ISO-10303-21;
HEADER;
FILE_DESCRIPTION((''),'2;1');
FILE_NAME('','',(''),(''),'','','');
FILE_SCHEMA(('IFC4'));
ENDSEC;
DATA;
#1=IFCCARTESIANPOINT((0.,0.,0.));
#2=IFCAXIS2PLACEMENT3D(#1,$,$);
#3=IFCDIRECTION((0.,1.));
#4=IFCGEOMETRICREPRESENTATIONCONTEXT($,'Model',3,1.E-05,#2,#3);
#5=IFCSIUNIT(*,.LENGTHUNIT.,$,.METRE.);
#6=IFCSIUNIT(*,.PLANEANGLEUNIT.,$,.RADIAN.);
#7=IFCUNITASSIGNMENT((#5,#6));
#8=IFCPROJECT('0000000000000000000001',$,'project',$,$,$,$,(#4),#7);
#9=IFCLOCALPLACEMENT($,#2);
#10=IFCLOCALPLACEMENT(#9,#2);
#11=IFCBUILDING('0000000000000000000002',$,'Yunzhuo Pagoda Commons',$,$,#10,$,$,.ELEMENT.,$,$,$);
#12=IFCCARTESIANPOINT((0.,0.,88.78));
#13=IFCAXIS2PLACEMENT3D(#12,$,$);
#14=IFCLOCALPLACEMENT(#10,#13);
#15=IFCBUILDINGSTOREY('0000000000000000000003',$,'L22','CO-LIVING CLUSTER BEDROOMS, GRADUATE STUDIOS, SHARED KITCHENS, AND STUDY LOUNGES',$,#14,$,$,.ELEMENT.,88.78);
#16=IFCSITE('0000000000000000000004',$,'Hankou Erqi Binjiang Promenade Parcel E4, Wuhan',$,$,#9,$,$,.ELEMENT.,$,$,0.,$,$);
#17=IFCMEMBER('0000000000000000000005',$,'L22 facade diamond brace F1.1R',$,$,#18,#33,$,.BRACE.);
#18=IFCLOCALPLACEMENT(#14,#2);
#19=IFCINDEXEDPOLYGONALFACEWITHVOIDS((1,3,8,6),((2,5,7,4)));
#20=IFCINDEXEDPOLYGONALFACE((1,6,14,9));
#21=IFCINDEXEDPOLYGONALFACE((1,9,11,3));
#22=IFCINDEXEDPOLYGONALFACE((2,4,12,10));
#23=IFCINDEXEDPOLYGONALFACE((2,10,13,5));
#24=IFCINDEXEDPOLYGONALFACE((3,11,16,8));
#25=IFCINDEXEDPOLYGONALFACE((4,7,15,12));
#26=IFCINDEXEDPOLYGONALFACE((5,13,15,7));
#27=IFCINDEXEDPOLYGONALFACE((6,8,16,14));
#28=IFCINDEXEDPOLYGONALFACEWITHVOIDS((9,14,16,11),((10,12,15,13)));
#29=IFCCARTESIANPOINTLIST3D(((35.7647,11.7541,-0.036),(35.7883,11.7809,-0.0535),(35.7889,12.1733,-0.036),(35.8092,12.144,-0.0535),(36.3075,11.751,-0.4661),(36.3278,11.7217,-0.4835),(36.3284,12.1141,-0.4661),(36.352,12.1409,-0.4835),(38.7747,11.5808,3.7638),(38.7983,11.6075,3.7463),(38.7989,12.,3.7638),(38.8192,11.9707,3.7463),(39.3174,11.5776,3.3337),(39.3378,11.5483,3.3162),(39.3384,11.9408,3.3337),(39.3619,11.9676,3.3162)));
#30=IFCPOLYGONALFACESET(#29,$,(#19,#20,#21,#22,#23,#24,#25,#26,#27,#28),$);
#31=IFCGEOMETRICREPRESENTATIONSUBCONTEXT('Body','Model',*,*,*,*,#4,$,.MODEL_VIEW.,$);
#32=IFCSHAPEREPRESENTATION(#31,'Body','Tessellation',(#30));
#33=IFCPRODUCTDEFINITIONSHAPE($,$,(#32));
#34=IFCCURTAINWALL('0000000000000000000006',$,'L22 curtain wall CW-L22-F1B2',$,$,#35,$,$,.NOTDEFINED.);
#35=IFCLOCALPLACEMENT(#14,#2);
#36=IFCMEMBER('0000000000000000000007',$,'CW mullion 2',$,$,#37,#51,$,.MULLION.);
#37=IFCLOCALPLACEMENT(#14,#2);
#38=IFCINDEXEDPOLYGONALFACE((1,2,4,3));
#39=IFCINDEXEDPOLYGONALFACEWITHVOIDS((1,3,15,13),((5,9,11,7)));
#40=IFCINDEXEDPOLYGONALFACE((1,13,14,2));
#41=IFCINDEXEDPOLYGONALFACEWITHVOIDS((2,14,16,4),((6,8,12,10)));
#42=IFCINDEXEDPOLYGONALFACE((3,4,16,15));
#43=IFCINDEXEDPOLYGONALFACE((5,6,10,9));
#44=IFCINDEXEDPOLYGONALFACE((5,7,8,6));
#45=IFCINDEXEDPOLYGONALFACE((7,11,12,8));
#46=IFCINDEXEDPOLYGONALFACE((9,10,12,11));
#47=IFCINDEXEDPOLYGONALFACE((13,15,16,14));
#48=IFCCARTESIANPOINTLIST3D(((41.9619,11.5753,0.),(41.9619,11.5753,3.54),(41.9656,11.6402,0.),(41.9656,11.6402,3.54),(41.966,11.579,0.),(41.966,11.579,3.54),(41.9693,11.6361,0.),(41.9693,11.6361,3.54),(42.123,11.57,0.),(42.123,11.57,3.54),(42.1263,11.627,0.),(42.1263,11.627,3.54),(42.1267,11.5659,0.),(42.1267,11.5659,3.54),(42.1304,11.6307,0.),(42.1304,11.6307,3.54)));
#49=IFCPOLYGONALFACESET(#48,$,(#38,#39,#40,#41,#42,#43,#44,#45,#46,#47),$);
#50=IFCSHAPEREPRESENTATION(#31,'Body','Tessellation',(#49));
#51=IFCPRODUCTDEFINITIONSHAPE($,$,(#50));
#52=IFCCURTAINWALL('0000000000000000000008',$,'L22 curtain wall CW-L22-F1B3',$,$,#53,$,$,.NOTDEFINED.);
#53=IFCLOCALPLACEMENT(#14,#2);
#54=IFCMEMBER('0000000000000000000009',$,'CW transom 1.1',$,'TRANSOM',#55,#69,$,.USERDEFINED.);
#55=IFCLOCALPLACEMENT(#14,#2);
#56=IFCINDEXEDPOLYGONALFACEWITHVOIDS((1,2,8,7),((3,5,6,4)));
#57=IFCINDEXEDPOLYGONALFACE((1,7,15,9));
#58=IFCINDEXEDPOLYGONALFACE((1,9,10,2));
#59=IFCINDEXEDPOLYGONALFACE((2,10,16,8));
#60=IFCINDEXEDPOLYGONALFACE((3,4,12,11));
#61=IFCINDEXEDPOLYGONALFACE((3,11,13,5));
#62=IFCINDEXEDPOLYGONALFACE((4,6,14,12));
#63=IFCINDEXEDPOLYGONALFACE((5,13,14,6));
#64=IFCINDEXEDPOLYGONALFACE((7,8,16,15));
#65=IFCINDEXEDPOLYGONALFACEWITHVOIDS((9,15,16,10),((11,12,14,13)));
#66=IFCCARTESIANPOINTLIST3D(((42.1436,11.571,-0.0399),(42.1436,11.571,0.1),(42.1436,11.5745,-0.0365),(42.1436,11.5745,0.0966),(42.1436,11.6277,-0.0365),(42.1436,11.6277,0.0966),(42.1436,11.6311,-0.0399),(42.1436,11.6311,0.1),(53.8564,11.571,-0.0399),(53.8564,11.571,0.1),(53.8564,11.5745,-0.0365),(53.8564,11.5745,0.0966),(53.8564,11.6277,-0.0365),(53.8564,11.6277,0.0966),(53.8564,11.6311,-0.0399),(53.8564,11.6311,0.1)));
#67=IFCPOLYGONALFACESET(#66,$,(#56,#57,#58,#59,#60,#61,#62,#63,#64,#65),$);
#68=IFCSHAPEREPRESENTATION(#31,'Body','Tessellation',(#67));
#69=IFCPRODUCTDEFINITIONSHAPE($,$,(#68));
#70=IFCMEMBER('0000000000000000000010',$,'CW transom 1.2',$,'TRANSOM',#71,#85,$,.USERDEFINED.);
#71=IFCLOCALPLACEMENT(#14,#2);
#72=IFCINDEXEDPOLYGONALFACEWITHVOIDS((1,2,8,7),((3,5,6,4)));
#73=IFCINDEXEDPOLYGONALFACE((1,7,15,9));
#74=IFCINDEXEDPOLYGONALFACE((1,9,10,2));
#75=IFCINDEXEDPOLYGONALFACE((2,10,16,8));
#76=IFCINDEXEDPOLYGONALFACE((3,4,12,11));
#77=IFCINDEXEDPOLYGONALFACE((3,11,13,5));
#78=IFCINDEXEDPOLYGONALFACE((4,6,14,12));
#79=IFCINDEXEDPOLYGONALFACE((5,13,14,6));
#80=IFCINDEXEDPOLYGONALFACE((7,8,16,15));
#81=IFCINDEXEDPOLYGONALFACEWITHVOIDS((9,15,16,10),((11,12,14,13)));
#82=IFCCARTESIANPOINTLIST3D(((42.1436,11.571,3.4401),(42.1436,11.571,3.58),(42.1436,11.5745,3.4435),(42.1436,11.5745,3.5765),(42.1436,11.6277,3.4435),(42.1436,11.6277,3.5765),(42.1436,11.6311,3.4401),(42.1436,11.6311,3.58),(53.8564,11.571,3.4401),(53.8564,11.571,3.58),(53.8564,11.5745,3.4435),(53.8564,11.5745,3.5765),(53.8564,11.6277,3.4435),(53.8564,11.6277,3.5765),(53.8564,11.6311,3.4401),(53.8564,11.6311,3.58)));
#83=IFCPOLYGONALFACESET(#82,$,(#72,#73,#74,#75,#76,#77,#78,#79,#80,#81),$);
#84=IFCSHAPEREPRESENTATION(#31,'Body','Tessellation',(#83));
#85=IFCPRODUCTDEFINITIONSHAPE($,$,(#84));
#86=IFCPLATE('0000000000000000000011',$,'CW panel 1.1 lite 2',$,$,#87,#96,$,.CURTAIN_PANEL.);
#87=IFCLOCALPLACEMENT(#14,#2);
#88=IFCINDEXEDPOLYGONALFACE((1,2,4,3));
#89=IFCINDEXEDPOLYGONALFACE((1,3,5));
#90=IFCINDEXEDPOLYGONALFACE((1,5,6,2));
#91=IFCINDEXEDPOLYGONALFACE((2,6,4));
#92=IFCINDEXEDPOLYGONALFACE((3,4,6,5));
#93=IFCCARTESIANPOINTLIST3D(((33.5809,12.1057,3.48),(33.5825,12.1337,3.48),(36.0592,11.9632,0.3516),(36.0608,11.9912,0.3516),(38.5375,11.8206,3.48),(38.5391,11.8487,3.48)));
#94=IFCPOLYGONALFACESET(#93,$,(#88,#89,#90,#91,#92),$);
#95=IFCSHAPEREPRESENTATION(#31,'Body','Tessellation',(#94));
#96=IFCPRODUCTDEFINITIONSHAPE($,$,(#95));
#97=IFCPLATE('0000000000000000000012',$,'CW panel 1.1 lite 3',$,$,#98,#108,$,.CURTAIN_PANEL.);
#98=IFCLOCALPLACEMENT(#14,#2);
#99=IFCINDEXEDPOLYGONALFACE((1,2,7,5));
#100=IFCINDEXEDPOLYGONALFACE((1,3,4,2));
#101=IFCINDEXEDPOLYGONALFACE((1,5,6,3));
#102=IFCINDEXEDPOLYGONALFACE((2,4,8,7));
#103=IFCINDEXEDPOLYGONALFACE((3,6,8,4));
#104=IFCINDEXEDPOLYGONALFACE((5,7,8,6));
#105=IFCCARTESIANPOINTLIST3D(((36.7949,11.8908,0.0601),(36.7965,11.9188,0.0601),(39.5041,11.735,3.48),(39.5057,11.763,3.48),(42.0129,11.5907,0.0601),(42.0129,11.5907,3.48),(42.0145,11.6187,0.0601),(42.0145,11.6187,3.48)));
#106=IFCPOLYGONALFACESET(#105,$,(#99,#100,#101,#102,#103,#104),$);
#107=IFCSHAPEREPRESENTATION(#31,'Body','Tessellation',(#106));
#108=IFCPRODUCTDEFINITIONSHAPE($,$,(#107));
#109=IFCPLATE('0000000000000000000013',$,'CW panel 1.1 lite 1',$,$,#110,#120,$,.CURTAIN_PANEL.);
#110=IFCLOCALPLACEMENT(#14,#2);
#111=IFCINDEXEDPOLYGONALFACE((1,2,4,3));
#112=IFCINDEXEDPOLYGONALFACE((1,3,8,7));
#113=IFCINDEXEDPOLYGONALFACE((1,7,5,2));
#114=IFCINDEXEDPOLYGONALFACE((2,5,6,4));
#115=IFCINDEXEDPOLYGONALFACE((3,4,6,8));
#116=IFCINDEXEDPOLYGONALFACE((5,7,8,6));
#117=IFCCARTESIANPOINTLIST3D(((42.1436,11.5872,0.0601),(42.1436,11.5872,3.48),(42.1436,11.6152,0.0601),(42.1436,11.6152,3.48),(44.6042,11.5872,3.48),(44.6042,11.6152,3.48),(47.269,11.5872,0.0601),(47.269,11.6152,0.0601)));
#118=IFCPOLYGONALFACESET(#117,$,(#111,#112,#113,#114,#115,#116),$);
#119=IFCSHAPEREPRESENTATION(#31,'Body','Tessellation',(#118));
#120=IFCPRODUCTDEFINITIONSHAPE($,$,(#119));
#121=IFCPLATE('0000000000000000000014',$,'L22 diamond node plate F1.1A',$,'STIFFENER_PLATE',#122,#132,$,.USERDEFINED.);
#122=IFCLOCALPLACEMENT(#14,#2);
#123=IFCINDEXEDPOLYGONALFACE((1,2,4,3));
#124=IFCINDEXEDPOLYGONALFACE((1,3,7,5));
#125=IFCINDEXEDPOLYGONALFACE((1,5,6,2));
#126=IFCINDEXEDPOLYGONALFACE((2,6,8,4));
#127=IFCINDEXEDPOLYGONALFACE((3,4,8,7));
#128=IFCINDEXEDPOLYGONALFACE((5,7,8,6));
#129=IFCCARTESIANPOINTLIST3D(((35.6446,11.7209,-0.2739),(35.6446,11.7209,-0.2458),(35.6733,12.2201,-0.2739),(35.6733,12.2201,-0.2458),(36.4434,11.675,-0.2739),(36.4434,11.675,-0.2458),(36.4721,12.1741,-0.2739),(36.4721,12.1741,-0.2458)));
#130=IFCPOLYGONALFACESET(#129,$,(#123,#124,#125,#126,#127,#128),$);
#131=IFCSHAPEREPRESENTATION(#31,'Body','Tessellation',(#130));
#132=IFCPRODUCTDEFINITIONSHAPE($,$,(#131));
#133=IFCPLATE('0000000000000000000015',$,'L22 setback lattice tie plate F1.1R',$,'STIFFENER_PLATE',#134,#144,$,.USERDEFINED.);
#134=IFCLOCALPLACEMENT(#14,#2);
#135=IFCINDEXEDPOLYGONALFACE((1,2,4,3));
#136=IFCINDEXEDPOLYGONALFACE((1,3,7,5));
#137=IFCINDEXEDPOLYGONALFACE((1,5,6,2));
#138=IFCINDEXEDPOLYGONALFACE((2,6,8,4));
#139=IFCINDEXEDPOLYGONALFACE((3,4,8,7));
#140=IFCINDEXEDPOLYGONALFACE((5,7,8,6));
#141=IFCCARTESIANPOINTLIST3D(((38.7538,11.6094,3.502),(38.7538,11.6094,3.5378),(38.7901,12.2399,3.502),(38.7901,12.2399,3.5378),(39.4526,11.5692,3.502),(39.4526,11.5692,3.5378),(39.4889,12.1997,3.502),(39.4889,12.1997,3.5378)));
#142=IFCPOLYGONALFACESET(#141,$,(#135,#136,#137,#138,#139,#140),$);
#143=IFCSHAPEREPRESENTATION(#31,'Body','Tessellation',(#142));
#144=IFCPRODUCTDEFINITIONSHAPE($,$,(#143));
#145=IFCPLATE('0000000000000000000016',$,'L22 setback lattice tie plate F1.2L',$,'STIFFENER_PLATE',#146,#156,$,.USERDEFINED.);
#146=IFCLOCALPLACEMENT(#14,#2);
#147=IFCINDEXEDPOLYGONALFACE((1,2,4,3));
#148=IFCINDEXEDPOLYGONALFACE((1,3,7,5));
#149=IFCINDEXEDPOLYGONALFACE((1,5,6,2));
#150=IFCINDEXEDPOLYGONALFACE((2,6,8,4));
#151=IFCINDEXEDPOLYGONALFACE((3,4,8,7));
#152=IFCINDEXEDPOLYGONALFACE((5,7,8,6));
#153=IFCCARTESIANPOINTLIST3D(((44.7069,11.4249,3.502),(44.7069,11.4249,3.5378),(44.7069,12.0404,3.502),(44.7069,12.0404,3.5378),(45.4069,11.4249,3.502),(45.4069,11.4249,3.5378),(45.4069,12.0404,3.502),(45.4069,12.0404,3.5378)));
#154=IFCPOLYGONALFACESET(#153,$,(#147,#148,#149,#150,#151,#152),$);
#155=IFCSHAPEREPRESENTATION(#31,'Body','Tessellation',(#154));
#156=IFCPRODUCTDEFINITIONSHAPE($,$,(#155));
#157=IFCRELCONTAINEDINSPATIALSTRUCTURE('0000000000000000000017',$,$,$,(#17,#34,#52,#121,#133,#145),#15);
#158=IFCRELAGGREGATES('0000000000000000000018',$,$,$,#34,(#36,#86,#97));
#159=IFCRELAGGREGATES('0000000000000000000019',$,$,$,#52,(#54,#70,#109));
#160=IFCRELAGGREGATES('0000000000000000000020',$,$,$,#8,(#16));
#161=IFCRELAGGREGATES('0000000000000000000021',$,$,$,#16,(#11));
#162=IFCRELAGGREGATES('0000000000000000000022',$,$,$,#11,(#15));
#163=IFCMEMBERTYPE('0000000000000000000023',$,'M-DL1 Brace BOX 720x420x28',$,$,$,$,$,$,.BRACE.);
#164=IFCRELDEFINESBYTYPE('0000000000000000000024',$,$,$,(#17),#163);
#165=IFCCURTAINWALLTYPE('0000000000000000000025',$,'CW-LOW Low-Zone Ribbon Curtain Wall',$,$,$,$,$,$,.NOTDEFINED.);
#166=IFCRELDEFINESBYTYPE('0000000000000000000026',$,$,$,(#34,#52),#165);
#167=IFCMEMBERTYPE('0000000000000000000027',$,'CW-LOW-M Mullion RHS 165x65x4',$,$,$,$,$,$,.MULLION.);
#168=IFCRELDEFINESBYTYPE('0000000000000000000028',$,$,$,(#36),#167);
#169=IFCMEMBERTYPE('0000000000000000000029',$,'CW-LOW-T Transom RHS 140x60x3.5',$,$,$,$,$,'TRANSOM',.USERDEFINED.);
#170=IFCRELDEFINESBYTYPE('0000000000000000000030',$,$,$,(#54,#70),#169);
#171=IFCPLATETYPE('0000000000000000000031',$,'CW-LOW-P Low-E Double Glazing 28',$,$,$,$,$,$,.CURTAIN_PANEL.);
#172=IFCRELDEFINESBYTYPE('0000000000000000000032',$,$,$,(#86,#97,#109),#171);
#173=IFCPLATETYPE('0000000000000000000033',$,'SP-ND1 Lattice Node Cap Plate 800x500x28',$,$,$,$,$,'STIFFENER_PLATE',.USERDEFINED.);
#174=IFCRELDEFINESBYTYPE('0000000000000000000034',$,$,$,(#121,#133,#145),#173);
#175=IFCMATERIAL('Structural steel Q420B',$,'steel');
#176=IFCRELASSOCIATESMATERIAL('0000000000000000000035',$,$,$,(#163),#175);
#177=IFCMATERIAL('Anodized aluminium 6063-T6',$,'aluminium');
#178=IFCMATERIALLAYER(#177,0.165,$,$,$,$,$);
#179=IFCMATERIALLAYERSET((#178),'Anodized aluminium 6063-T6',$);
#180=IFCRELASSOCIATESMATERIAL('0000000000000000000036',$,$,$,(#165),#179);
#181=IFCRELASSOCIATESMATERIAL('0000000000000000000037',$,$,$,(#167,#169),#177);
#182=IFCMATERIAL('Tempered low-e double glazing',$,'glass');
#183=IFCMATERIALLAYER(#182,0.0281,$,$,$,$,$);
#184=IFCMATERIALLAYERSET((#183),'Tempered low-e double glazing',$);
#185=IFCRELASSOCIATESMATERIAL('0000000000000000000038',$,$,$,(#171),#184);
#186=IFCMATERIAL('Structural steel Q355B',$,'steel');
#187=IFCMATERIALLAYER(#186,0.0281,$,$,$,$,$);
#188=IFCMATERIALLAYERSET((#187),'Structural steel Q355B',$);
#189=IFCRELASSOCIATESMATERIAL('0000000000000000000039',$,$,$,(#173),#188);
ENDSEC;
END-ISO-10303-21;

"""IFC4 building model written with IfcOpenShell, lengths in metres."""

from ifc_helpers import new_model, si_unit, direction, frame, origin, origin_2d, place, context, subcontext, project, spatial, polyline, rectangle, hollow_rectangle, outline, extrude, source, transform, mapped, material, layer, layer_set, material_profile, profile_set, type_object, element, aggregate, save


model = new_model("IFC4")

# Units and contexts
model_context = context("Model", 3, precision=1e-05, world=origin(), true_north=direction((0.0, 1.0)))
body_context = subcontext(model_context, "Body", "Model", "MODEL_VIEW")
ifc_project = project(units=[si_unit("LENGTHUNIT", "METRE"), si_unit("PLANEANGLEUNIT", "RADIAN")], contexts=[model_context])

# Site, building, storey
site_placement = place(None, origin())
site = spatial("IfcSite", under=ifc_project, at=site_placement, Name="Hankou Erqi Binjiang Promenade Parcel E4, Wuhan", CompositionType="ELEMENT", RefElevation=0.0)
building_placement = place(site_placement, origin())
building = spatial("IfcBuilding", under=site, at=building_placement, Name="Yunzhuo Pagoda Commons", CompositionType="ELEMENT")
storey_placement = place(building_placement, frame((0.0, 0.0, 88.78)))
storey = spatial("IfcBuildingStorey", under=building, at=storey_placement, Name="L22", Description="CO-LIVING CLUSTER BEDROOMS, GRADUATE STUDIOS, SHARED KITCHENS, AND STUDY LOUNGES", CompositionType="ELEMENT", Elevation=88.78)

# Shared definitions
ifc_material_1 = material(Name="Structural steel Q420B", Category="steel")

# Shared definitions
ifc_material_2 = material(Name="Structural steel Q355B", Category="steel")

# Member
ifc_material_profile_1 = material_profile(ifc_material_1, hollow_rectangle(XDim=0.4199, YDim=0.72, WallThickness=0.0281, at=origin_2d()), Name="Structural steel Q420B")
ifc_profile_set_1 = profile_set([ifc_material_profile_1], Name="Structural steel Q420B")
member_type_1 = type_object("IfcMemberType", Name="M-DL1 Brace BOX 720x420x28", PredefinedType="BRACE", material=ifc_profile_set_1)
shared_shape_1 = source(origin(), body_context, "Body", "SweptSolid", [
    extrude(hollow_rectangle(XDim=0.4199, YDim=0.72, WallThickness=0.0281, at=origin_2d()), origin(), (0.0, 0.0, 1.0), 4.8506),
])
member_1_placement = place(storey_placement, frame((36.0583, 11.9475, -0.2598), z_axis=(0.620539, -0.035735, 0.783361), x_axis=(0.057493, 0.998346, 0.0)))
element("IfcMember", 1, at=member_1_placement, inside=storey, type_object=member_type_1, Name="L22 facade diamond brace F1.1R", PredefinedType="BRACE", context=body_context, shape_type="MappedRepresentation", body=[
    mapped(shared_shape_1, transform((0.0, 0.0, 0.0), scale=1.0)),
])

# Curtain wall, member
ifc_material_3 = material(Name="Anodized aluminium 6063-T6", Category="aluminium")
ifc_layer_1 = layer(ifc_material_3, 0.165)
ifc_layer_set_1 = layer_set([ifc_layer_1], Name="Anodized aluminium 6063-T6")
curtain_wall_type = type_object("IfcCurtainWallType", Name="CW-LOW Low-Zone Ribbon Curtain Wall", PredefinedType="NOTDEFINED", material=ifc_layer_set_1)
curtain_wall_1_placement = place(storey_placement, origin())
curtain_wall_1 = element("IfcCurtainWall", 2, at=curtain_wall_1_placement, inside=storey, type_object=curtain_wall_type, Name="L22 curtain wall CW-L22-F1B2", PredefinedType="NOTDEFINED")
ifc_material_profile_2 = material_profile(ifc_material_3, hollow_rectangle(XDim=0.0649, YDim=0.165, WallThickness=0.0039, at=origin_2d()), Name="Anodized aluminium 6063-T6")
ifc_profile_set_2 = profile_set([ifc_material_profile_2], Name="Anodized aluminium 6063-T6")
member_type_2 = type_object("IfcMemberType", Name="CW-LOW-M Mullion RHS 165x65x4", PredefinedType="MULLION", material=ifc_profile_set_2)
shared_shape_2 = source(origin(), body_context, "Body", "SweptSolid", [
    extrude(hollow_rectangle(XDim=0.0649, YDim=0.165, WallThickness=0.0039, at=origin_2d()), origin(), (0.0, 0.0, 1.0), 3.54),
])
member_2_placement = place(storey_placement, frame((42.0461, 11.603, 0.0), z_axis=(0.0, 0.0, 1.0), x_axis=(0.057418, 0.99835, 0.0)))
member_2 = element("IfcMember", 3, at=member_2_placement, type_object=member_type_2, Name="CW mullion 2", PredefinedType="MULLION", context=body_context, shape_type="MappedRepresentation", body=[
    mapped(shared_shape_2, transform((0.0, 0.0, 0.0), scale=1.0)),
])

# Curtain wall, members
curtain_wall_2_placement = place(storey_placement, origin())
curtain_wall_2 = element("IfcCurtainWall", 4, at=curtain_wall_2_placement, inside=storey, type_object=curtain_wall_type, Name="L22 curtain wall CW-L22-F1B3", PredefinedType="NOTDEFINED")
ifc_material_profile_3 = material_profile(ifc_material_3, hollow_rectangle(XDim=0.0601, YDim=0.1399, WallThickness=0.0034, at=origin_2d()), Name="Anodized aluminium 6063-T6")
ifc_profile_set_3 = profile_set([ifc_material_profile_3], Name="Anodized aluminium 6063-T6")
member_type_3 = type_object("IfcMemberType", Name="CW-LOW-T Transom RHS 140x60x3.5", ElementType="TRANSOM", PredefinedType="USERDEFINED", material=ifc_profile_set_3)
shared_shape_3 = source(origin(), body_context, "Body", "SweptSolid", [
    extrude(hollow_rectangle(XDim=0.0601, YDim=0.1399, WallThickness=0.0034, at=origin_2d()), origin(), (0.0, 0.0, 1.0), 11.7129),
])
member_3_placement = place(storey_placement, frame((42.1436, 11.6011, 0.03), z_axis=(1.0, 0.0, 0.0), x_axis=(0.0, 1.0, 0.0)))
member_3 = element("IfcMember", 5, at=member_3_placement, type_object=member_type_3, Name="CW transom 1.1", ObjectType="TRANSOM", PredefinedType="USERDEFINED", context=body_context, shape_type="MappedRepresentation", body=[
    mapped(shared_shape_3, transform((0.0, 0.0, 0.0), scale=1.0)),
])
member_4_placement = place(storey_placement, frame((42.1436, 11.6011, 3.51), z_axis=(1.0, 0.0, 0.0), x_axis=(0.0, 1.0, 0.0)))
member_4 = element("IfcMember", 6, at=member_4_placement, type_object=member_type_3, Name="CW transom 1.2", ObjectType="TRANSOM", PredefinedType="USERDEFINED", context=body_context, shape_type="MappedRepresentation", body=[
    mapped(shared_shape_3, transform((0.0, 0.0, 0.0), scale=1.0)),
])

# Plates
ifc_material_4 = material(Name="Tempered low-e double glazing", Category="glass")
ifc_layer_2 = layer(ifc_material_4, 0.0281)
ifc_layer_set_2 = layer_set([ifc_layer_2], Name="Tempered low-e double glazing")
plate_type_1 = type_object("IfcPlateType", Name="CW-LOW-P Low-E Double Glazing 28", PredefinedType="CURTAIN_PANEL", material=ifc_layer_set_2)
plate_1_placement = place(storey_placement, frame((36.0608, 11.9912, 1.9158), z_axis=(-0.057418, -0.99835, 0.0), x_axis=(0.99835, -0.057418, 0.0)))
plate_1 = element("IfcPlate", 7, at=plate_1_placement, type_object=plate_type_1, Name="CW panel 1.1 lite 2", PredefinedType="CURTAIN_PANEL", context=body_context, shape_type="SweptSolid", body=[
    extrude(outline(polyline([(-2.4824, 1.5642), (0.0, -1.5642), (2.4824, 1.5642), (-2.4824, 1.5642)])), origin(), (0.0, 0.0, 1.0), 0.0281),
])
plate_2_placement = place(storey_placement, frame((39.4055, 11.7688, 1.77), z_axis=(-0.057418, -0.99835, 0.0), x_axis=(0.99835, -0.057418, 0.0)))
plate_2 = element("IfcPlate", 8, at=plate_2_placement, type_object=plate_type_1, Name="CW panel 1.1 lite 3", PredefinedType="CURTAIN_PANEL", context=body_context, shape_type="SweptSolid", body=[
    extrude(outline(polyline([(-2.6133, -1.71), (2.6133, -1.71), (2.6133, 1.71), (0.1003, 1.71), (-2.6133, -1.71)])), origin(), (0.0, 0.0, 1.0), 0.0281),
])
aggregate(curtain_wall_1, [member_2, plate_1, plate_2])
plate_3_placement = place(storey_placement, frame((44.7063, 11.6152, 1.77), z_axis=(0.0, -1.0, 0.0), x_axis=(1.0, 0.0, 0.0)))
plate_3 = element("IfcPlate", 9, at=plate_3_placement, type_object=plate_type_1, Name="CW panel 1.1 lite 1", PredefinedType="CURTAIN_PANEL", context=body_context, shape_type="SweptSolid", body=[
    extrude(outline(polyline([(-2.5627, -1.71), (2.5627, -1.71), (-0.1021, 1.71), (-2.5627, 1.71), (-2.5627, -1.71)])), origin(), (0.0, 0.0, 1.0), 0.0281),
])
aggregate(curtain_wall_2, [member_3, member_4, plate_3])

# Plates
ifc_layer_3 = layer(ifc_material_2, 0.0281)
ifc_layer_set_3 = layer_set([ifc_layer_3], Name="Structural steel Q355B")
plate_type_2 = type_object("IfcPlateType", Name="SP-ND1 Lattice Node Cap Plate 800x500x28", ElementType="STIFFENER_PLATE", PredefinedType="USERDEFINED", material=ifc_layer_set_3)
shared_shape_4 = source(origin(), body_context, "Body", "SweptSolid", [
    extrude(rectangle(XDim=0.8, YDim=0.5, at=origin_2d()), origin(), (0.0, 0.0, 1.0), 0.0281),
])
plate_4_placement = place(storey_placement, frame((36.0583, 11.9475, -0.2739), z_axis=(0.0, 0.0, 1.0), x_axis=(0.99835, -0.057425, 0.0)))
element("IfcPlate", 10, at=plate_4_placement, inside=storey, type_object=plate_type_2, Name="L22 diamond node plate F1.1A", ObjectType="STIFFENER_PLATE", PredefinedType="USERDEFINED", context=body_context, shape_type="MappedRepresentation", body=[
    mapped(shared_shape_4, transform((0.0, 0.0, 0.0), scale=1.0)),
])
shared_shape_5 = source(origin(), body_context, "Body", "SweptSolid", [
    extrude(rectangle(XDim=0.7, YDim=0.6316, at=origin_2d()), origin(), (0.0, 0.0, 1.0), 0.0359),
])
plate_5_placement = place(storey_placement, frame((39.1213, 11.9045, 3.502), z_axis=(0.0, 0.0, 1.0), x_axis=(0.99835, -0.057425, 0.0)))
element("IfcPlate", 11, at=plate_5_placement, inside=storey, type_object=plate_type_2, Name="L22 setback lattice tie plate F1.1R", ObjectType="STIFFENER_PLATE", PredefinedType="USERDEFINED", context=body_context, shape_type="MappedRepresentation", body=[
    mapped(shared_shape_5, transform((0.0, 0.0, 0.0), scale=1.0)),
])
shared_shape_6 = source(origin(), body_context, "Body", "SweptSolid", [
    extrude(rectangle(XDim=0.7, YDim=0.6155, at=origin_2d()), origin(), (0.0, 0.0, 1.0), 0.0359),
])
plate_6_placement = place(storey_placement, frame((45.0569, 11.7327, 3.502), z_axis=(0.0, 0.0, 1.0), x_axis=(1.0, 0.0, 0.0)))
element("IfcPlate", 12, at=plate_6_placement, inside=storey, type_object=plate_type_2, Name="L22 setback lattice tie plate F1.2L", ObjectType="STIFFENER_PLATE", PredefinedType="USERDEFINED", context=body_context, shape_type="MappedRepresentation", body=[
    mapped(shared_shape_6, transform((0.0, 0.0, 0.0), scale=1.0)),
])

save(model, "model.ifc")
